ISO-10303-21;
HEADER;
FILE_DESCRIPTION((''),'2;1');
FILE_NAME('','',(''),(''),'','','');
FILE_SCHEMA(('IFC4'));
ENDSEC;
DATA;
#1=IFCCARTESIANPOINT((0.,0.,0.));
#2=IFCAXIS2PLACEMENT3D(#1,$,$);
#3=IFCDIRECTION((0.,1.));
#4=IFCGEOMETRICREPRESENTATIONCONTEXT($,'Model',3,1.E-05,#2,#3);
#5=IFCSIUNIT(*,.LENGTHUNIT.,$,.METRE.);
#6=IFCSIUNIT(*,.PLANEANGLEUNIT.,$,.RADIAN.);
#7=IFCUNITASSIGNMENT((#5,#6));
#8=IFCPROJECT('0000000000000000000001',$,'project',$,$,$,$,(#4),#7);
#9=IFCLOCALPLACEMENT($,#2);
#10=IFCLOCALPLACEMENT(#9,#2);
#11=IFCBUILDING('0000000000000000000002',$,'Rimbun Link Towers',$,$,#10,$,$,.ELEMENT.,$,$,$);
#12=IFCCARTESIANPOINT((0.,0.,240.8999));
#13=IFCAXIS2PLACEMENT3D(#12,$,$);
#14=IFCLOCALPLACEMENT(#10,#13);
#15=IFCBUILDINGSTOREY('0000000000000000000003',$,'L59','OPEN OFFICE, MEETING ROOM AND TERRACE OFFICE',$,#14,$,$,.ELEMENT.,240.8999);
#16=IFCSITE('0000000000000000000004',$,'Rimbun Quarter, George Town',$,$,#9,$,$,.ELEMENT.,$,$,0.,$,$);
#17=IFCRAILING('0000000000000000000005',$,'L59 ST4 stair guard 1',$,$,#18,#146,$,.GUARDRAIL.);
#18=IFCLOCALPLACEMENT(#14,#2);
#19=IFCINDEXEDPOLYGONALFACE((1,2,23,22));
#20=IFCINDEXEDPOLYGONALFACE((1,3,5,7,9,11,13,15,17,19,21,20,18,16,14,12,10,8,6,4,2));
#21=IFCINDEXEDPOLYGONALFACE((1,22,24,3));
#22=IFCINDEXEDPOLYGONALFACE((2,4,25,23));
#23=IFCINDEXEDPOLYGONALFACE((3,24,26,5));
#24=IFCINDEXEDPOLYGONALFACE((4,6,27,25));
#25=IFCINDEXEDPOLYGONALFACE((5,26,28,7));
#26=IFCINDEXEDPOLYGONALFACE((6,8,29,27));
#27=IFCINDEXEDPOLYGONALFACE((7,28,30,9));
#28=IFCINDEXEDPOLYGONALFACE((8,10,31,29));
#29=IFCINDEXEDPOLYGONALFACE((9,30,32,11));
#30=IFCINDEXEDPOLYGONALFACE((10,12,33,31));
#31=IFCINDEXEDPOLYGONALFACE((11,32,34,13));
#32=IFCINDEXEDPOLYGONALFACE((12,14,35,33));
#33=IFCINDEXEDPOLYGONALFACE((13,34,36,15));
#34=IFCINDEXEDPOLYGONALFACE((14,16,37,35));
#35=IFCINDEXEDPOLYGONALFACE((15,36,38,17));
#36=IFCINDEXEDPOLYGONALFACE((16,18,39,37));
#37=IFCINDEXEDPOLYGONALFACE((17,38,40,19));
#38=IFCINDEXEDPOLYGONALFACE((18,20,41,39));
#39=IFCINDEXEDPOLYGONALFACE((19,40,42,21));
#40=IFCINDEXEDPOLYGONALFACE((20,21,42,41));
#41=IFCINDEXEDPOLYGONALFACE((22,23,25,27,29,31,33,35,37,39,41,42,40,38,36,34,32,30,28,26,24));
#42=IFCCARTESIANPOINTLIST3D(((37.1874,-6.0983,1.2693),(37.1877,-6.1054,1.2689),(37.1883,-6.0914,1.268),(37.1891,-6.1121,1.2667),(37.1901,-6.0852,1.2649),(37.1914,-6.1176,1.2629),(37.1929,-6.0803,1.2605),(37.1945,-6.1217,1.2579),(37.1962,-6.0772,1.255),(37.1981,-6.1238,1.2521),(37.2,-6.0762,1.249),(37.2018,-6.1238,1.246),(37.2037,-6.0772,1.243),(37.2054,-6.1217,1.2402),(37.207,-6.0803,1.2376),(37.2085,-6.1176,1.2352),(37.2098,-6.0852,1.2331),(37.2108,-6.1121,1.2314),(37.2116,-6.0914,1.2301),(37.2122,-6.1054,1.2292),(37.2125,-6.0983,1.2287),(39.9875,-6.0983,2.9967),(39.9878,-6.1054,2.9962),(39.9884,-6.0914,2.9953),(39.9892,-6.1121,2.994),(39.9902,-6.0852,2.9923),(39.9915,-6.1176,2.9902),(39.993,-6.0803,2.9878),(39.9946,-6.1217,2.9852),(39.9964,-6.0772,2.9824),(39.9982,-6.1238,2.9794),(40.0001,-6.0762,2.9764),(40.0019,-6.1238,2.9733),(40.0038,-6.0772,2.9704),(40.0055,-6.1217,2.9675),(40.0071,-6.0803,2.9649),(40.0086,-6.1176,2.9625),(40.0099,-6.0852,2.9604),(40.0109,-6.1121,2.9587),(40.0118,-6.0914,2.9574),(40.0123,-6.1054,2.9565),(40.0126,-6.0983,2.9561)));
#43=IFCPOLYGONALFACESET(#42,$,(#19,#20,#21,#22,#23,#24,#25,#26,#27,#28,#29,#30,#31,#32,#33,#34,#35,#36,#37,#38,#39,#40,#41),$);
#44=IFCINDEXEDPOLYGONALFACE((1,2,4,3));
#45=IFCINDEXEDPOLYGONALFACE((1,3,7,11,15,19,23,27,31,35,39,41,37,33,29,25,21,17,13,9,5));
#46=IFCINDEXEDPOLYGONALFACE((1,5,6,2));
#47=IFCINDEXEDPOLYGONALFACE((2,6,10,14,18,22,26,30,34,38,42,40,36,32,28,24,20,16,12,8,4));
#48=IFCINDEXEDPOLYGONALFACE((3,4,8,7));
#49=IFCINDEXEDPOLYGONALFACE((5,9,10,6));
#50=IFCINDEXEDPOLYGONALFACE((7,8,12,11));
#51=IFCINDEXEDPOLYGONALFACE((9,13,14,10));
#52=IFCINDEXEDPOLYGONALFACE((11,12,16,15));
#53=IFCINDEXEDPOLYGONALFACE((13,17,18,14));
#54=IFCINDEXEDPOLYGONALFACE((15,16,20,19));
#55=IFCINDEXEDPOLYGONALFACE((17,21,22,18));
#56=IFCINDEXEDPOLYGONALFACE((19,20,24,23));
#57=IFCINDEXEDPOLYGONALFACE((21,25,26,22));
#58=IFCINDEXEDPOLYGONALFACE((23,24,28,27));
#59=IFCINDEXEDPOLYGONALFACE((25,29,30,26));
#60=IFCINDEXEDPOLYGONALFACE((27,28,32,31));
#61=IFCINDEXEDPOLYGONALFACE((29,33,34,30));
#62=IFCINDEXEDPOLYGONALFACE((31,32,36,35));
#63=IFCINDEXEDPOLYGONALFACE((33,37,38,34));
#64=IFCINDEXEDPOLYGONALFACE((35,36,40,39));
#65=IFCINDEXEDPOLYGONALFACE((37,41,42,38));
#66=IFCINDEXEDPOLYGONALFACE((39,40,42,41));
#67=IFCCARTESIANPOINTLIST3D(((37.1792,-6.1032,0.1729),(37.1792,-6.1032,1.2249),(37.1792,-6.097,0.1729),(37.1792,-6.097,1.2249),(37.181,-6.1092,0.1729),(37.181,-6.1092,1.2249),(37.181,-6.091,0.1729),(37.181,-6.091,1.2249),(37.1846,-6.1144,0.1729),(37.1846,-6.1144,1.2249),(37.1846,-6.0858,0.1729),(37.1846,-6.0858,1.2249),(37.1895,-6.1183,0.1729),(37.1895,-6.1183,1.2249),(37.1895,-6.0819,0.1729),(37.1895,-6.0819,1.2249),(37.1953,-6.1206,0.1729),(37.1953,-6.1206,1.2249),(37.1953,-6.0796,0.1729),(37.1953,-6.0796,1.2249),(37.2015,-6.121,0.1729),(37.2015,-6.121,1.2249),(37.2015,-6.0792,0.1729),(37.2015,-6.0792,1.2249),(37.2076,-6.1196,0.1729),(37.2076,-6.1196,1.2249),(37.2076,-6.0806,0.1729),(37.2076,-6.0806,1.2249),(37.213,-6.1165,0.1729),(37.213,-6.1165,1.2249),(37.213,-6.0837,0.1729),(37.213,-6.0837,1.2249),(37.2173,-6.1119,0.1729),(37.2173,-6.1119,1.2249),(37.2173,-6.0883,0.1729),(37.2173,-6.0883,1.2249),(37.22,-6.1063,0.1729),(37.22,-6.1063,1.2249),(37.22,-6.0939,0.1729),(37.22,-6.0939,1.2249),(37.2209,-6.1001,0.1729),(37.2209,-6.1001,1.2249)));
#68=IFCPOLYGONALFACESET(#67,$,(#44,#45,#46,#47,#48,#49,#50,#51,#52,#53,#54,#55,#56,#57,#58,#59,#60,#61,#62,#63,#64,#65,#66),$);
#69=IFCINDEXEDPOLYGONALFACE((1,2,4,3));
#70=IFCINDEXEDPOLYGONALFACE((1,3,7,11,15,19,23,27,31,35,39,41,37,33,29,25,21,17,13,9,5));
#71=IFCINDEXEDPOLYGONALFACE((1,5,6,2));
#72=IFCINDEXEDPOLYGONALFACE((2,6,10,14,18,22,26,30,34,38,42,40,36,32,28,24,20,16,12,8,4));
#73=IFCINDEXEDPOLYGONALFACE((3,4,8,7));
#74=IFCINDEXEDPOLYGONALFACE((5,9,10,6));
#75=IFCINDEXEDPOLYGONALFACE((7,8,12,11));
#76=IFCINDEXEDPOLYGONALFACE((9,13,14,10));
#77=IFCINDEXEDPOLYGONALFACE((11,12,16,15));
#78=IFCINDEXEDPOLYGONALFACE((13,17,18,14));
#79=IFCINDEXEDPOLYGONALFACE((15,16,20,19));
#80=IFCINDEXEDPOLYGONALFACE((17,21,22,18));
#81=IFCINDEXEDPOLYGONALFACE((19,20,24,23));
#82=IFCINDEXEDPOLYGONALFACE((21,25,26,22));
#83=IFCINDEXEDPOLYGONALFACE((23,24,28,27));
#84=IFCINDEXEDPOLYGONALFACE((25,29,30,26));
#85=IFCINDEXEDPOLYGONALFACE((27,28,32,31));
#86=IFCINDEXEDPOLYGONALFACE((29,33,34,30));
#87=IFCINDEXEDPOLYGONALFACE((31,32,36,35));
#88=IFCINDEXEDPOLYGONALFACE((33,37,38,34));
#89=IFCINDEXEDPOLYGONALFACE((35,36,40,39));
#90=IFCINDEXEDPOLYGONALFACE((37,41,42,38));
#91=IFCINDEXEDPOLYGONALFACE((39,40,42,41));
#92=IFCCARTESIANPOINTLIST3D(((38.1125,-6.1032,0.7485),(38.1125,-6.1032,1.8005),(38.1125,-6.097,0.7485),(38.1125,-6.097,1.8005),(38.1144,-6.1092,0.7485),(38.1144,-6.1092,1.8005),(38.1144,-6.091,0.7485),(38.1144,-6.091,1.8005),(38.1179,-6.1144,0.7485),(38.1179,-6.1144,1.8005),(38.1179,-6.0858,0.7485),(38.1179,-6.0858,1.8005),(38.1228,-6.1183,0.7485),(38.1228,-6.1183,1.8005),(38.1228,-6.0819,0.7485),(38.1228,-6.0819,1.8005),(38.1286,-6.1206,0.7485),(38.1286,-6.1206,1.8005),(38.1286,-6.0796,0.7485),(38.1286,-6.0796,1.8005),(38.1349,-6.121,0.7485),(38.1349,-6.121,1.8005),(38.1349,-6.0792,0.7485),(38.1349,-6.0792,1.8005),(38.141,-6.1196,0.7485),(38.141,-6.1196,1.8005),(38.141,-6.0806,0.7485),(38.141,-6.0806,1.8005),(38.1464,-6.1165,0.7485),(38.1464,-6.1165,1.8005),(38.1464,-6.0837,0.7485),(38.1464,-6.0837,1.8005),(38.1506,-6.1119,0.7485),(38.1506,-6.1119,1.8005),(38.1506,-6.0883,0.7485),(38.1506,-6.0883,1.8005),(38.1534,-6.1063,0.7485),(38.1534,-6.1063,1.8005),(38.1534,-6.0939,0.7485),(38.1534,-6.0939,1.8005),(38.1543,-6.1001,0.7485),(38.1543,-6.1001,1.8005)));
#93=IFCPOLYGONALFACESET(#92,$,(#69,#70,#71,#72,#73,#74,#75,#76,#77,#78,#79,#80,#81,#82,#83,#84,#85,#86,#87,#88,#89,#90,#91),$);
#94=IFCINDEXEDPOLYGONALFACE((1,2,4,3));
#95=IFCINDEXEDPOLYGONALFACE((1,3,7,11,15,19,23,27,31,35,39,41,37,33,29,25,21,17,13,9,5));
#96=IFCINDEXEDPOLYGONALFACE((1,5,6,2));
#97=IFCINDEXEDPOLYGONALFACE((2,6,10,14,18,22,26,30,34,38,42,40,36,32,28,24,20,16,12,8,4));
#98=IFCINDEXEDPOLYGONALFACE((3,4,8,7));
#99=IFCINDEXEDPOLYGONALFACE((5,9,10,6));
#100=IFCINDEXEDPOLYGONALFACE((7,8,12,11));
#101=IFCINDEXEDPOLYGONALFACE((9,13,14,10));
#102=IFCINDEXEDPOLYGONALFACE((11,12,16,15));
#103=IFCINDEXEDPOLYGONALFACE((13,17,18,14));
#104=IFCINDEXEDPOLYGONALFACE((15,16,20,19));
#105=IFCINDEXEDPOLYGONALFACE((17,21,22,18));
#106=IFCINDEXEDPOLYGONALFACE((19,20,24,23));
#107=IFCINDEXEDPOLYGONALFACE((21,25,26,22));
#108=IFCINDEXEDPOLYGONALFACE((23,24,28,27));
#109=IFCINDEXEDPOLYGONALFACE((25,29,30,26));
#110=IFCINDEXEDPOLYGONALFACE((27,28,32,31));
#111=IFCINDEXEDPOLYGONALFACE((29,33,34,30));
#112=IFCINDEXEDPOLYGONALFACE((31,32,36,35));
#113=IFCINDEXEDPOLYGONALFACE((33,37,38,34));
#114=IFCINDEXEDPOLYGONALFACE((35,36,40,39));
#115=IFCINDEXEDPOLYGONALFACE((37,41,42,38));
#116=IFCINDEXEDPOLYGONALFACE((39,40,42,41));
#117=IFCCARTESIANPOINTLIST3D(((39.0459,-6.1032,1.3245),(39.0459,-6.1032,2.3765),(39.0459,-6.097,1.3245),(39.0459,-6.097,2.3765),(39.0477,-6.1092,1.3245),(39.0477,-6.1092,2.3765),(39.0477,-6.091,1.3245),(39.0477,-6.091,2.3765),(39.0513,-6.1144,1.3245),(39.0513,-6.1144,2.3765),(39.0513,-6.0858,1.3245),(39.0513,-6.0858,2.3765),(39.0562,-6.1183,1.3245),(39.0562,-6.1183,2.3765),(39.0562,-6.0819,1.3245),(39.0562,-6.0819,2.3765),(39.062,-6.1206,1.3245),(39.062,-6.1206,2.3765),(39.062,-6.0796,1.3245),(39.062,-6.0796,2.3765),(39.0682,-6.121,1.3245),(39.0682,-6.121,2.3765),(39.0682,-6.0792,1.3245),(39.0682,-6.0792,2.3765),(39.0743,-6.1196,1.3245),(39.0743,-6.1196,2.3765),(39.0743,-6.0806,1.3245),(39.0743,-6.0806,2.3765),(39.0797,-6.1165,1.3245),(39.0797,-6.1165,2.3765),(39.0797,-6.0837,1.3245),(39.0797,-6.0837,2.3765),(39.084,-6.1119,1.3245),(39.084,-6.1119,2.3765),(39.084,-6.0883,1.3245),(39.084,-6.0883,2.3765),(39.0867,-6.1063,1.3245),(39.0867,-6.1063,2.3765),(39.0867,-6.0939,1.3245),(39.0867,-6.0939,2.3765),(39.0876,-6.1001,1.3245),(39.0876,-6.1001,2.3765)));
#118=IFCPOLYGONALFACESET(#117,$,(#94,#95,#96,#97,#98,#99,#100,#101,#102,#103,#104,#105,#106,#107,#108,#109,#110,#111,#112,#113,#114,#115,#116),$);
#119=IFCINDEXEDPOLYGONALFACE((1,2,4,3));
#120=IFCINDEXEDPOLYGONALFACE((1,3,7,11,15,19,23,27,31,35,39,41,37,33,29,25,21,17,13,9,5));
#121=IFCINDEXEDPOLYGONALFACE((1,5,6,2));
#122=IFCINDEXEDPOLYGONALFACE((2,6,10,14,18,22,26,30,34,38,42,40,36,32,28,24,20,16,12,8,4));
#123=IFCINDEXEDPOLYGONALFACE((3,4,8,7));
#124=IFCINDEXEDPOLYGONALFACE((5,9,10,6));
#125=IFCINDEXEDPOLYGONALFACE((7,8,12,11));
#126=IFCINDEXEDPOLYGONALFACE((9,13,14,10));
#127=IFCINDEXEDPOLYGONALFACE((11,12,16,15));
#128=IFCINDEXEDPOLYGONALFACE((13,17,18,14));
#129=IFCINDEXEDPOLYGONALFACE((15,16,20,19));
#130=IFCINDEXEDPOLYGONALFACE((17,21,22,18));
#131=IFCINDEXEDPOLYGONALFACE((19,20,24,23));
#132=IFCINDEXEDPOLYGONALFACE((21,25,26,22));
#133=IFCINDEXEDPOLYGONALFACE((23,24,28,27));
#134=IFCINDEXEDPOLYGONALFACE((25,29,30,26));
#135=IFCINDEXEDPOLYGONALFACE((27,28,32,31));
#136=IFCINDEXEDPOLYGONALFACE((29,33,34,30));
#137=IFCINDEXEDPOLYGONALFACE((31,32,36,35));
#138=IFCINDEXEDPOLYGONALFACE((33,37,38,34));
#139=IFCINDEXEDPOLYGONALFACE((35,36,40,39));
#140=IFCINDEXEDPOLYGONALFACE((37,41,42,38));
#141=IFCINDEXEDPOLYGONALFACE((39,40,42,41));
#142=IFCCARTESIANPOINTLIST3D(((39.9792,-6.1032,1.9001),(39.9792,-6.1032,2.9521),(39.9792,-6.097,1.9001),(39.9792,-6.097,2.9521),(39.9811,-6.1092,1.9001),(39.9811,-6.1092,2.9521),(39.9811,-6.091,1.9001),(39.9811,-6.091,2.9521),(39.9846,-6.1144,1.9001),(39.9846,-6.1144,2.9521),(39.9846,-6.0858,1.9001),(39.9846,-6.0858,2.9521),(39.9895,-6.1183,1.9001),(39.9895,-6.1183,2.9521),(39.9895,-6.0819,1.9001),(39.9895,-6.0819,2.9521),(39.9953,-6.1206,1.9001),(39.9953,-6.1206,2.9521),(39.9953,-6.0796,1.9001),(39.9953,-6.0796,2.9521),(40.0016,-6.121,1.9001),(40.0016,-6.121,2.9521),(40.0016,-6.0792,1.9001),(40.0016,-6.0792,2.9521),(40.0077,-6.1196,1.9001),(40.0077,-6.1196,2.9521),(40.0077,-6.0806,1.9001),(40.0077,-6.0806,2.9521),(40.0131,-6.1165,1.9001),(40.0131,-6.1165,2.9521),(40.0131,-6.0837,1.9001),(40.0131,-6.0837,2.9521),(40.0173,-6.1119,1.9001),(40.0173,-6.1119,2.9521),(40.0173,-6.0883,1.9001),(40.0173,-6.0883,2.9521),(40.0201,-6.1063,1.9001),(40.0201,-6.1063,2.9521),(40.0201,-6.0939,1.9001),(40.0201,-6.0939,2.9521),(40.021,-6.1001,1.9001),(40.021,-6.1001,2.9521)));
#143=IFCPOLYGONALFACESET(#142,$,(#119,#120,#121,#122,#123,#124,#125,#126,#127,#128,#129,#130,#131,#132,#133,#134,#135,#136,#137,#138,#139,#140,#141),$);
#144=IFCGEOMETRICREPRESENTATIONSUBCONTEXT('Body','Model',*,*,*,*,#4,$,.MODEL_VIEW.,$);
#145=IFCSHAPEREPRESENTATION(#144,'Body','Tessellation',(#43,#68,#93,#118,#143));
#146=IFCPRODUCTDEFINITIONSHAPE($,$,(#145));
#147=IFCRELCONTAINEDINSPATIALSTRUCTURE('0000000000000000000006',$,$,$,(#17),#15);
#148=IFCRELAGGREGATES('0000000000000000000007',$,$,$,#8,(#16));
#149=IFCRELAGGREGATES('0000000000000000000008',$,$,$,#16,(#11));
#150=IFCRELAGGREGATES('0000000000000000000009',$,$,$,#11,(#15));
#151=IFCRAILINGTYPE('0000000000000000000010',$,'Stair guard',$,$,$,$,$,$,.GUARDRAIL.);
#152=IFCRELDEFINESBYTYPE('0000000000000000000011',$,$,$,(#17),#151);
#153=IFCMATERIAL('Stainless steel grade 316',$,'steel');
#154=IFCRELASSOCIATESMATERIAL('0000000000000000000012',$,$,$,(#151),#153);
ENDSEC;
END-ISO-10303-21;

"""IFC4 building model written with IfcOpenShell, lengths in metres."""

from ifc_helpers import new_model, si_unit, direction, frame, origin, origin_2d, place, context, subcontext, project, spatial, circle, extrude, material, type_object, element, save


model = new_model("IFC4")

# Units and contexts
model_context = context("Model", 3, precision=1e-05, world=origin(), true_north=direction((0.0, 1.0)))
body_context = subcontext(model_context, "Body", "Model", "MODEL_VIEW")
ifc_project = project(units=[si_unit("LENGTHUNIT", "METRE"), si_unit("PLANEANGLEUNIT", "RADIAN")], contexts=[model_context])

# Site, building, storey
site_placement = place(None, origin())
site = spatial("IfcSite", under=ifc_project, at=site_placement, Name="Rimbun Quarter, George Town", CompositionType="ELEMENT", RefElevation=0.0)
building_placement = place(site_placement, origin())
building = spatial("IfcBuilding", under=site, at=building_placement, Name="Rimbun Link Towers", CompositionType="ELEMENT")
storey_placement = place(building_placement, frame((0.0, 0.0, 240.8999)))
storey = spatial("IfcBuildingStorey", under=building, at=storey_placement, Name="L59", Description="OPEN OFFICE, MEETING ROOM AND TERRACE OFFICE", CompositionType="ELEMENT", Elevation=240.8999)

# Railing
ifc_material_1 = material(Name="Stainless steel grade 316", Category="steel")
railing_type_1 = type_object("IfcRailingType", Name="Stair guard", PredefinedType="GUARDRAIL", material=ifc_material_1)
railing_1_placement = place(storey_placement, frame((37.2, -6.1001, 0.1729)))
element("IfcRailing", 1, at=railing_1_placement, inside=storey, type_object=railing_type_1, Name="L59 ST4 stair guard 1", PredefinedType="GUARDRAIL", context=body_context, shape_type="SweptSolid", body=[
    extrude(circle(Radius=0.0239, at=origin_2d()), frame((0.0, 0.0, 1.0762), z_axis=(0.85109, 0.0, 0.52502), x_axis=(0.0, 1.0, 0.0)), (0.0, 0.0, 1.0), 3.29),
    extrude(circle(Radius=0.021, at=origin_2d()), origin(), (0.0, 0.0, 1.0), 1.052),
    extrude(circle(Radius=0.021, at=origin_2d()), frame((0.9333, 0.0, 0.5757)), (0.0, 0.0, 1.0), 1.052),
    extrude(circle(Radius=0.021, at=origin_2d()), frame((1.8667, 0.0, 1.1516)), (0.0, 0.0, 1.0), 1.052),
    extrude(circle(Radius=0.021, at=origin_2d()), frame((2.8, 0.0, 1.7273)), (0.0, 0.0, 1.0), 1.052),
])

save(model, "model.ifc")
